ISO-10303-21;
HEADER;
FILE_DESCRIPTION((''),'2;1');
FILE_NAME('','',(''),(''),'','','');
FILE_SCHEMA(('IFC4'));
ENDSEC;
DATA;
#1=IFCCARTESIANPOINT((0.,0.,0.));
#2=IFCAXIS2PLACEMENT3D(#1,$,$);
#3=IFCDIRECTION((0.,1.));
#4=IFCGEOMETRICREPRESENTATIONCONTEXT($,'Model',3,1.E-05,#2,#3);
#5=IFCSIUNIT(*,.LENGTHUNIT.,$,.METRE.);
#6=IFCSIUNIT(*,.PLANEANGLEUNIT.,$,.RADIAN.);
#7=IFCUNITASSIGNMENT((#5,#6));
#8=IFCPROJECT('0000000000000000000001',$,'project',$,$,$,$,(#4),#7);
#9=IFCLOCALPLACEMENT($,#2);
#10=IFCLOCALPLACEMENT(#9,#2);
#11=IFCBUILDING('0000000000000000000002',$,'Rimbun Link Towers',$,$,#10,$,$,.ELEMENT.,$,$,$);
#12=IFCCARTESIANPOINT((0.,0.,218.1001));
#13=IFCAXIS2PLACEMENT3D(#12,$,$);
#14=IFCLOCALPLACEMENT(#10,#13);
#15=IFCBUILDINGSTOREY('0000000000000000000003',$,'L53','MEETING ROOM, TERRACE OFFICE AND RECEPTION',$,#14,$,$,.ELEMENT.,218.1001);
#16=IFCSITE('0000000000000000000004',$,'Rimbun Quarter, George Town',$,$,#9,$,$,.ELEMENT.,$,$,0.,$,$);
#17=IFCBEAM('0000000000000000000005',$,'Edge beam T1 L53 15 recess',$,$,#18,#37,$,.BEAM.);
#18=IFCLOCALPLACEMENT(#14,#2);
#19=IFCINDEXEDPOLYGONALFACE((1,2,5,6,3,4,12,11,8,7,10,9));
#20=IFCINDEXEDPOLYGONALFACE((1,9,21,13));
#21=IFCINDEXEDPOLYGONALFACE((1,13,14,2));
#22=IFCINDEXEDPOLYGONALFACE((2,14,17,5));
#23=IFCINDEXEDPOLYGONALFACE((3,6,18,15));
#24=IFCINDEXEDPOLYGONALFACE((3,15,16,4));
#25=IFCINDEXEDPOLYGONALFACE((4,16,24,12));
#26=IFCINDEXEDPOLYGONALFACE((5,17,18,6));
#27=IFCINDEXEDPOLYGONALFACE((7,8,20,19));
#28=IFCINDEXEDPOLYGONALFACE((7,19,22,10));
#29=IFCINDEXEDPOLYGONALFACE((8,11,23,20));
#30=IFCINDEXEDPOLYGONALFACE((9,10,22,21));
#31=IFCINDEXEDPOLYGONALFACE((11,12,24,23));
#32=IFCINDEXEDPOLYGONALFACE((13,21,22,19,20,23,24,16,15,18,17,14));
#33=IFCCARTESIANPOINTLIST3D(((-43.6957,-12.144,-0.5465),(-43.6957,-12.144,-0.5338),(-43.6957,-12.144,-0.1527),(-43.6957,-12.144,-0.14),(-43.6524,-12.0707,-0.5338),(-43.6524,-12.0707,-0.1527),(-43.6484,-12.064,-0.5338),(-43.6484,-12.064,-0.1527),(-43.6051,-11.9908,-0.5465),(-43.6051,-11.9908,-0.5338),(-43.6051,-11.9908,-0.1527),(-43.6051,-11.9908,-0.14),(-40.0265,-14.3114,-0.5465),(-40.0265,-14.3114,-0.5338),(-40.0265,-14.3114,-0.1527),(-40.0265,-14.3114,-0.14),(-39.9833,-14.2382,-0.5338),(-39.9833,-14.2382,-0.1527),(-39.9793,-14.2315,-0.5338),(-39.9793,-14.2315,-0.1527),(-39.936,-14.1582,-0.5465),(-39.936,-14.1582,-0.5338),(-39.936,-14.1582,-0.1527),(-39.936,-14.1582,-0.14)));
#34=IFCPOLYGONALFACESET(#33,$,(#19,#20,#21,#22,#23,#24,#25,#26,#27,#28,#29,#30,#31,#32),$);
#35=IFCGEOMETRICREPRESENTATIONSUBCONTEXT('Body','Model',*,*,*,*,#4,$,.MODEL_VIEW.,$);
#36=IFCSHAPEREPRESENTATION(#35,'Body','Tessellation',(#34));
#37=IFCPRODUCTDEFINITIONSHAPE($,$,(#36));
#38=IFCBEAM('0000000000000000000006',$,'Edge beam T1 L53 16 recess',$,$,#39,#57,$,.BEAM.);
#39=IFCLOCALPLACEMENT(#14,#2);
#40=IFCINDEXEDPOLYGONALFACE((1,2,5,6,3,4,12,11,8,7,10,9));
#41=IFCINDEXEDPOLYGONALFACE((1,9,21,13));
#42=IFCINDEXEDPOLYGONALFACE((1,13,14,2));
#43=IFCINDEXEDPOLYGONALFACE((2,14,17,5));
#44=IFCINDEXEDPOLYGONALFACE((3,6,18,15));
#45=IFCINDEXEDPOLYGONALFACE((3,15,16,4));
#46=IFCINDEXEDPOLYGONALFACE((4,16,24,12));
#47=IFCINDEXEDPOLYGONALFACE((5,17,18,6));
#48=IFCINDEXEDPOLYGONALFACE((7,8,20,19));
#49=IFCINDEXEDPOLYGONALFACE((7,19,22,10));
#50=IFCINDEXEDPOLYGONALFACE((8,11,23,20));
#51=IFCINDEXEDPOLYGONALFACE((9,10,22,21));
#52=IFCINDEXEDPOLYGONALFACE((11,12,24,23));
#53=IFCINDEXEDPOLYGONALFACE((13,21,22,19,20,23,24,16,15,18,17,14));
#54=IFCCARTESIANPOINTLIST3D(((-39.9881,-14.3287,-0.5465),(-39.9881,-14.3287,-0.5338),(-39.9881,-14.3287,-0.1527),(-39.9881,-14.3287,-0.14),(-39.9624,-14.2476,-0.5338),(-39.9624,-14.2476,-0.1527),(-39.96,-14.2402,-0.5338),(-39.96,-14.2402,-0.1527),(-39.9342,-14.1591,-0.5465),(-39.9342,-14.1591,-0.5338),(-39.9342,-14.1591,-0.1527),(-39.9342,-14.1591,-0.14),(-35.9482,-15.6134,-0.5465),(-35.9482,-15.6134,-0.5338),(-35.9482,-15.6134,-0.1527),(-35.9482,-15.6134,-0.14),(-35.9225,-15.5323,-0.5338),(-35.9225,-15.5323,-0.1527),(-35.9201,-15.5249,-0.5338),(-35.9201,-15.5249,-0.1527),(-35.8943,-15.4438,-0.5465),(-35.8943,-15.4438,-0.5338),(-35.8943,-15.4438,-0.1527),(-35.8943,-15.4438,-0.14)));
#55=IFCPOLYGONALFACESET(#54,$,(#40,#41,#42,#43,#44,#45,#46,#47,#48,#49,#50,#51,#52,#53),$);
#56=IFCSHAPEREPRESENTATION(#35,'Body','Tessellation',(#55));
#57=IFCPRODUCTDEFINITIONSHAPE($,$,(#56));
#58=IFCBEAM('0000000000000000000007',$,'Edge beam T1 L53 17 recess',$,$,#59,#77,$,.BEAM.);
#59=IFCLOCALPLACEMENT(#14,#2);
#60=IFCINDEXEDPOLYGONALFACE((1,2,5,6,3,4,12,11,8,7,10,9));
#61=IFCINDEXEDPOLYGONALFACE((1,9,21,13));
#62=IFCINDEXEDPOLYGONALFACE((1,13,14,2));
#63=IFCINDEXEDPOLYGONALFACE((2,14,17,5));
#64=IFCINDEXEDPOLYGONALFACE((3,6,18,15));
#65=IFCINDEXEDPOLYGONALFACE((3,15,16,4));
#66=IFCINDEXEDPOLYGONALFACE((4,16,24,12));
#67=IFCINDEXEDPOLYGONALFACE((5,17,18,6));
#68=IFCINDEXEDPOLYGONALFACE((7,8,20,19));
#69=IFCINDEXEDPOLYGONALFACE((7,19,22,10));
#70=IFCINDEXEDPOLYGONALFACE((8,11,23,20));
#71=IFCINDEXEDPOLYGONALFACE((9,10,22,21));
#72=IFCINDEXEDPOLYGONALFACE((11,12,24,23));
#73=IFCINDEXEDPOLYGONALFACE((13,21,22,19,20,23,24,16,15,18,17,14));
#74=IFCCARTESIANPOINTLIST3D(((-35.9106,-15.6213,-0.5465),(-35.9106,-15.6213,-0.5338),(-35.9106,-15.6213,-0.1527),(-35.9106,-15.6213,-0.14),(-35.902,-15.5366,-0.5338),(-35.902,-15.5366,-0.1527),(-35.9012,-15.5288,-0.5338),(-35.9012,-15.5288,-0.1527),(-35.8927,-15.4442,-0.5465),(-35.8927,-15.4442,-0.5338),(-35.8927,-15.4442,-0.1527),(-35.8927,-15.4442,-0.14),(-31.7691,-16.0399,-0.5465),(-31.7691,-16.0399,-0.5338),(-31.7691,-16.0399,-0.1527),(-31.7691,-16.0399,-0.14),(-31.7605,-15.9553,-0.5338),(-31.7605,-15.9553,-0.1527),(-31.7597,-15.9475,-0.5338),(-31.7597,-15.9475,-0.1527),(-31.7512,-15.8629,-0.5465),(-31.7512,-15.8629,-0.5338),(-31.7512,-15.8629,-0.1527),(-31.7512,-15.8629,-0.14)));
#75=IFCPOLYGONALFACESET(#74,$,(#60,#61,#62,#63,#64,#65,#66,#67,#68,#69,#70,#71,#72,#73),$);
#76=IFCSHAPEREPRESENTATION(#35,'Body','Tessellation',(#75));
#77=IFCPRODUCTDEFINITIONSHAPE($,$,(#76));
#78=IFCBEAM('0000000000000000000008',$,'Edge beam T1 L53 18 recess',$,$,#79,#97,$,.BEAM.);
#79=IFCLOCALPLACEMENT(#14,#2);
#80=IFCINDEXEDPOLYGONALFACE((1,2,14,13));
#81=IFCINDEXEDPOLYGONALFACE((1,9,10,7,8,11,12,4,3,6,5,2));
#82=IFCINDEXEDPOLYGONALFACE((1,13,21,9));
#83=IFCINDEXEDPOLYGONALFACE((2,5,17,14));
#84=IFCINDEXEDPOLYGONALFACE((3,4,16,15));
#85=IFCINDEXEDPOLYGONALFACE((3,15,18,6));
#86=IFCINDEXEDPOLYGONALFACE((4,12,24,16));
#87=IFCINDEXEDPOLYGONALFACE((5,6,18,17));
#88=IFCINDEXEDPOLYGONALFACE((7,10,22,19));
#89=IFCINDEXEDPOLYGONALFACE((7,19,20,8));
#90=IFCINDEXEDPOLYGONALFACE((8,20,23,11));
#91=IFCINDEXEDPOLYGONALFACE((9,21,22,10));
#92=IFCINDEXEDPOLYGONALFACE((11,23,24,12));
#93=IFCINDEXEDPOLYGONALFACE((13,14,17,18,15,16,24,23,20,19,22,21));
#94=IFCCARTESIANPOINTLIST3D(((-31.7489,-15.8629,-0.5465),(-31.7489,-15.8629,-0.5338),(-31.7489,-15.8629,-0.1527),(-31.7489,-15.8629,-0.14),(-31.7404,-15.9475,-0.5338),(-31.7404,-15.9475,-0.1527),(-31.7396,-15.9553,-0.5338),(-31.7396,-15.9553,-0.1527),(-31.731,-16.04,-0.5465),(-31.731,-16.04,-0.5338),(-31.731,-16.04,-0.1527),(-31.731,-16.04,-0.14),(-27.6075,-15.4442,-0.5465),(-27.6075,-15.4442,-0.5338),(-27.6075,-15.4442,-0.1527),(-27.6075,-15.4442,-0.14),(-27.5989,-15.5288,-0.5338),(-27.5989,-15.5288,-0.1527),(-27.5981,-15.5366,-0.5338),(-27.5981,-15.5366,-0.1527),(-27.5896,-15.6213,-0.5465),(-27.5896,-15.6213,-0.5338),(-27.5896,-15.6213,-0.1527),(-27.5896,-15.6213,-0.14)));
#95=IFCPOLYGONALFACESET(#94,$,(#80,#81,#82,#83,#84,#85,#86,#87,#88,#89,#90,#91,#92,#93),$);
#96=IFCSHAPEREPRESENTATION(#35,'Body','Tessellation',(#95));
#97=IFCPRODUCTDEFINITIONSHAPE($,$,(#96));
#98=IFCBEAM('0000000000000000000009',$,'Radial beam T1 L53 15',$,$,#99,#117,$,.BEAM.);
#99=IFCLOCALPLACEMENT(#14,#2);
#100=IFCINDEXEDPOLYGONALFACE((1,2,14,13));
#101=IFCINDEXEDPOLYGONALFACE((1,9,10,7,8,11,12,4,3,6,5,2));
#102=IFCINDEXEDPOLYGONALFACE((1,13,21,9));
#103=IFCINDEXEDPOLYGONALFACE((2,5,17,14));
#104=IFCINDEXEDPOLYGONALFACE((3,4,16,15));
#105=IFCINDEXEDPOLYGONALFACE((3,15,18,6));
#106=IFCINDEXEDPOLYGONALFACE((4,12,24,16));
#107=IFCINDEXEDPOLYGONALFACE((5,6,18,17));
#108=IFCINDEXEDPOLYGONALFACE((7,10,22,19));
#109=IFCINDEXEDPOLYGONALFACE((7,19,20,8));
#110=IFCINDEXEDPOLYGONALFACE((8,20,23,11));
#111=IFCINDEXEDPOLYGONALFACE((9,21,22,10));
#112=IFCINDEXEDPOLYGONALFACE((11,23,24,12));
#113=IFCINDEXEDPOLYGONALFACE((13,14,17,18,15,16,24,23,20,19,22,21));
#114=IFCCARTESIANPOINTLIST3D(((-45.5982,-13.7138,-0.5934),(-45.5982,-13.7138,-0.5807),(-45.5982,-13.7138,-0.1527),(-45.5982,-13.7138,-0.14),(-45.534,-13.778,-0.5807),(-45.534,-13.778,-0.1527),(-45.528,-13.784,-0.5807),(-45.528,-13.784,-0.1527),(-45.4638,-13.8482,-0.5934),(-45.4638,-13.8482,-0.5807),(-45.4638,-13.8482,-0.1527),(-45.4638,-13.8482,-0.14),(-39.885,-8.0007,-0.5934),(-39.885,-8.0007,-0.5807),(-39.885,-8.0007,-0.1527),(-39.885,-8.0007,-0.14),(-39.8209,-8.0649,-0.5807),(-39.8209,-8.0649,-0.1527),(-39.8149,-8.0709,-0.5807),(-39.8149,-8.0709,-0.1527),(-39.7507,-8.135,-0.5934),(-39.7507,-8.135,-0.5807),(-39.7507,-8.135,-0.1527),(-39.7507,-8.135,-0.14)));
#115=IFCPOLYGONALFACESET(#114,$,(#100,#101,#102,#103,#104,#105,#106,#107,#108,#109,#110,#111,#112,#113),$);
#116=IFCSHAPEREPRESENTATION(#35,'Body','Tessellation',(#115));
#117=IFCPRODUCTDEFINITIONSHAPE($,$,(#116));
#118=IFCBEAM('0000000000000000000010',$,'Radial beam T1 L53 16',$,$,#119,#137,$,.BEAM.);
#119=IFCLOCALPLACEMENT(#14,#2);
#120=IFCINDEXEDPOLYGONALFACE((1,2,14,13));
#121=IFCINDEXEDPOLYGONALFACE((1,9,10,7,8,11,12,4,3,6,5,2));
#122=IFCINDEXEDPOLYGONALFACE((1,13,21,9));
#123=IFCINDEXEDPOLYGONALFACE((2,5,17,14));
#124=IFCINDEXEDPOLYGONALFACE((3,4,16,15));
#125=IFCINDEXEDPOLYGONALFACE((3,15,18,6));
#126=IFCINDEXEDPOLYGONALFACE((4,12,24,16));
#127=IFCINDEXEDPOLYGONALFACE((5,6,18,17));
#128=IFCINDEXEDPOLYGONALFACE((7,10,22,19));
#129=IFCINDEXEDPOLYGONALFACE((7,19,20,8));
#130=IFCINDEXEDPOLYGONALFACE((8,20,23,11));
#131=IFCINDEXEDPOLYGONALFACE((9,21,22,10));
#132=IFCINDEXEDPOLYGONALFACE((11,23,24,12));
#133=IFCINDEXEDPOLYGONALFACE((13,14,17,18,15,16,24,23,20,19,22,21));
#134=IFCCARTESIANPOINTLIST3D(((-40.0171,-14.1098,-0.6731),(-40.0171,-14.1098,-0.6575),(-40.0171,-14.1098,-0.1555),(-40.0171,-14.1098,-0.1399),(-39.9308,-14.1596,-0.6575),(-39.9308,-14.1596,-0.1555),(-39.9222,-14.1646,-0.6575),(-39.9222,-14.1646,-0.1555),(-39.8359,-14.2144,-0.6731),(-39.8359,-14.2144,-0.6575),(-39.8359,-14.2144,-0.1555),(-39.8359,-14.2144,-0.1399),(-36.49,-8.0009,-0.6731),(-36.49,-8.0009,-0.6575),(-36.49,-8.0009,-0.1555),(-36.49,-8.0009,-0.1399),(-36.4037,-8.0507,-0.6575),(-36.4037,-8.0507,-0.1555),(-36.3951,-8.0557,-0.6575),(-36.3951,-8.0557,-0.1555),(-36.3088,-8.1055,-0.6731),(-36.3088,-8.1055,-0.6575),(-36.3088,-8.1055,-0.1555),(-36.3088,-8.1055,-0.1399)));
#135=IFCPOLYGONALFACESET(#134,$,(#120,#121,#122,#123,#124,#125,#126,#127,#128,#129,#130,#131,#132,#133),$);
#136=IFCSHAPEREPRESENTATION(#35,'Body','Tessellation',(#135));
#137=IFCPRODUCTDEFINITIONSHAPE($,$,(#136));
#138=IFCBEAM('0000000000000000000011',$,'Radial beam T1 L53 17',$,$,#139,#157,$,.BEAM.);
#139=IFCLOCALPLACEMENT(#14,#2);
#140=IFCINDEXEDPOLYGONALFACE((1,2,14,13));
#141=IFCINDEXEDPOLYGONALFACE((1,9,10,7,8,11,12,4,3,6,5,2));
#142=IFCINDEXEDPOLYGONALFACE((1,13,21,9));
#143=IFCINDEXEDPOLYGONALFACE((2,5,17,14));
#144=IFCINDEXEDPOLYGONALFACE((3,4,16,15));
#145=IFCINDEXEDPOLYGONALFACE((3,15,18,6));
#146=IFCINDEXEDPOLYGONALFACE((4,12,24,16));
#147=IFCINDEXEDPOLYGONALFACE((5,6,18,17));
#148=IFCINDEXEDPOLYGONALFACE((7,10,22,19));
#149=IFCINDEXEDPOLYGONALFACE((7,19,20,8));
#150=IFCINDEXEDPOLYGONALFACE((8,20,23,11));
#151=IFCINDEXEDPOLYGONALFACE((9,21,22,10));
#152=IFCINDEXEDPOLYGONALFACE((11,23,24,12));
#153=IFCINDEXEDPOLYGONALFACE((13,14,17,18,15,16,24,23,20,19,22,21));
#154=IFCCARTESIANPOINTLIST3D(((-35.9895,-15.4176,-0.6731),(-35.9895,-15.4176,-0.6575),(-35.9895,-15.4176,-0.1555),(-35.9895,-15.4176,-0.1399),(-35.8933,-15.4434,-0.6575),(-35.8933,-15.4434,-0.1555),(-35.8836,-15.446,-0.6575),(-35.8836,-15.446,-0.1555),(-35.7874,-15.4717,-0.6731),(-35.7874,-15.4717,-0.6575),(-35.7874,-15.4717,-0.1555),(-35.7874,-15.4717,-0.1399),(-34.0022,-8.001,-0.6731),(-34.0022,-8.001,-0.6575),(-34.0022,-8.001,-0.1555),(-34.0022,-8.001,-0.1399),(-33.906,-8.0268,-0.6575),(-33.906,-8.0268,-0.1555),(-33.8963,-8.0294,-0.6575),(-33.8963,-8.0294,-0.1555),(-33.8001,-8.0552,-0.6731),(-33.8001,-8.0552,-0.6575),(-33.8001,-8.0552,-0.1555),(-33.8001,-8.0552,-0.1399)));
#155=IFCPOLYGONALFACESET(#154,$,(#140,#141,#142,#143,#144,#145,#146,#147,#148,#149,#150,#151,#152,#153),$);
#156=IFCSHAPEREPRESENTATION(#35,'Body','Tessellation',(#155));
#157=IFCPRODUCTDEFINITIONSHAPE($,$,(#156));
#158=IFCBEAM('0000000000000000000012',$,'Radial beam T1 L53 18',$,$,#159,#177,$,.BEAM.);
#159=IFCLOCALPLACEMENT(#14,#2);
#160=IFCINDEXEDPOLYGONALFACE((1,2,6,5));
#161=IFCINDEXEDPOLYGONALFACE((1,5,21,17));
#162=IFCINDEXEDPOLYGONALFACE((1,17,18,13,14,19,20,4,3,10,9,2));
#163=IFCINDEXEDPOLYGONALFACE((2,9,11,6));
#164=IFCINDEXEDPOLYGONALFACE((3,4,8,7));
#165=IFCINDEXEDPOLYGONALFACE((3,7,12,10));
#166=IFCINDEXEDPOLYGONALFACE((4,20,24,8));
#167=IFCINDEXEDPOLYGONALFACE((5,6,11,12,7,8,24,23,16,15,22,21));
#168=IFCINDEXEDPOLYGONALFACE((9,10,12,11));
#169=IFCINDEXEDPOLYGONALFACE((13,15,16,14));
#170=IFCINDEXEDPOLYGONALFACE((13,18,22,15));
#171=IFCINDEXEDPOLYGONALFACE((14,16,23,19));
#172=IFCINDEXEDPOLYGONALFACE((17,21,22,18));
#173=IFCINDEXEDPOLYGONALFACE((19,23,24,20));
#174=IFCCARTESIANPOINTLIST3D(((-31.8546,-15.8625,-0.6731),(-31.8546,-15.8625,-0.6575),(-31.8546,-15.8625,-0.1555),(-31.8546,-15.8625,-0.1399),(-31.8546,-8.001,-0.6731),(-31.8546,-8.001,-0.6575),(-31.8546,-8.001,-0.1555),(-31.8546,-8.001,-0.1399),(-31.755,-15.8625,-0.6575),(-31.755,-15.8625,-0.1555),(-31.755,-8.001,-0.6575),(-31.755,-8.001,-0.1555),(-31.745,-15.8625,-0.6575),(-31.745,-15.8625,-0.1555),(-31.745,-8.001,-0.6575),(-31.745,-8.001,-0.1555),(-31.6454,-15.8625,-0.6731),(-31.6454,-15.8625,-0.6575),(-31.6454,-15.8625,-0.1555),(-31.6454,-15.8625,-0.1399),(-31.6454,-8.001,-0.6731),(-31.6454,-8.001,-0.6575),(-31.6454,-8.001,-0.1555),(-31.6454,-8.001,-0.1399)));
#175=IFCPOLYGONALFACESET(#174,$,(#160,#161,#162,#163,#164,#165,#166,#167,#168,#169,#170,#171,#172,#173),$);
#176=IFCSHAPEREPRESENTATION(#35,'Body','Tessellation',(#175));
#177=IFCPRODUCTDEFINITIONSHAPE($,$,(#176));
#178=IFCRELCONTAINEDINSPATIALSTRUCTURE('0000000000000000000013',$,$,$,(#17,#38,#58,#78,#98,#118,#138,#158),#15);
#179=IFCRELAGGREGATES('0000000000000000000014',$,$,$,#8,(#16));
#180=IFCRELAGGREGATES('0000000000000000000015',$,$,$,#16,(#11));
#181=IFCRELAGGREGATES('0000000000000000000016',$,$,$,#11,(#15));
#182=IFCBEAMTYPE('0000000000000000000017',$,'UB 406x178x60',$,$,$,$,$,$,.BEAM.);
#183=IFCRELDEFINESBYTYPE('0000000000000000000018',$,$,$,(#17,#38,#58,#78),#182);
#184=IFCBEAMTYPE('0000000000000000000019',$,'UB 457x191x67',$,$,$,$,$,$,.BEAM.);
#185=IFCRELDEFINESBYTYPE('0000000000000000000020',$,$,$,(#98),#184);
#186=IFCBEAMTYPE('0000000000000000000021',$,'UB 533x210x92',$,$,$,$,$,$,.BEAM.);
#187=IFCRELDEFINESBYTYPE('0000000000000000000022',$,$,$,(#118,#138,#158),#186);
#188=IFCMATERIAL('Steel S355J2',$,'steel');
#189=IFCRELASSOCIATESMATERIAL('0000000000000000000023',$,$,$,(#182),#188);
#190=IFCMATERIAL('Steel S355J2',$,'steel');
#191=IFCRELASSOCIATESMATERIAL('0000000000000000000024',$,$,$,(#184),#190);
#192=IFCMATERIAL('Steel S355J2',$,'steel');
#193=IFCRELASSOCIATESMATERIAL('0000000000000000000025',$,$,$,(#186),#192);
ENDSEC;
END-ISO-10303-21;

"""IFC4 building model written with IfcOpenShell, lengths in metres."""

from ifc_helpers import new_model, si_unit, direction, frame, origin, origin_2d, place, context, subcontext, project, spatial, i_section, extrude, material, material_profile, profile_set, type_object, element, save


model = new_model("IFC4")

# Units and contexts
model_context = context("Model", 3, precision=1e-05, world=origin(), true_north=direction((0.0, 1.0)))
body_context = subcontext(model_context, "Body", "Model", "MODEL_VIEW")
ifc_project = project(units=[si_unit("LENGTHUNIT", "METRE"), si_unit("PLANEANGLEUNIT", "RADIAN")], contexts=[model_context])

# Site, building, storey
site_placement = place(None, origin())
site = spatial("IfcSite", under=ifc_project, at=site_placement, Name="Rimbun Quarter, George Town", CompositionType="ELEMENT", RefElevation=0.0)
building_placement = place(site_placement, origin())
building = spatial("IfcBuilding", under=site, at=building_placement, Name="Rimbun Link Towers", CompositionType="ELEMENT")
storey_placement = place(building_placement, frame((0.0, 0.0, 218.1001)))
storey = spatial("IfcBuildingStorey", under=building, at=storey_placement, Name="L53", Description="MEETING ROOM, TERRACE OFFICE AND RECEPTION", CompositionType="ELEMENT", Elevation=218.1001)

# Beams
ifc_material_1 = material(Name="Steel S355J2", Category="steel")
ifc_material_profile_1 = material_profile(ifc_material_1, i_section(OverallWidth=0.178, OverallDepth=0.4065, WebThickness=0.0078, FlangeThickness=0.0127, at=origin_2d()), Name="UB 406x178x60")
ifc_profile_set_1 = profile_set([ifc_material_profile_1], Name="Steel S355J2")
beam_type_1 = type_object("IfcBeamType", Name="UB 406x178x60", PredefinedType="BEAM", material=ifc_profile_set_1)
beam_1_placement = place(storey_placement, frame((-43.6504, -12.0674, -0.3433), z_axis=(0.860996, -0.508612, 0.0), x_axis=(0.508612, 0.860996, 0.0)))
element("IfcBeam", 1, at=beam_1_placement, inside=storey, type_object=beam_type_1, Name="Edge beam T1 L53 15 recess", PredefinedType="BEAM", context=body_context, shape_type="SweptSolid", body=[
    extrude(i_section(OverallWidth=0.178, OverallDepth=0.4065, WebThickness=0.0078, FlangeThickness=0.0127, at=origin_2d()), origin(), (0.0, 0.0, 1.0), 4.2615),
])
beam_2_placement = place(storey_placement, frame((-39.9612, -14.2439, -0.3433), z_axis=(0.952975, -0.303049, 0.0), x_axis=(0.303049, 0.952975, 0.0)))
element("IfcBeam", 2, at=beam_2_placement, inside=storey, type_object=beam_type_1, Name="Edge beam T1 L53 16 recess", PredefinedType="BEAM", context=body_context, shape_type="SweptSolid", body=[
    extrude(i_section(OverallWidth=0.178, OverallDepth=0.4065, WebThickness=0.0078, FlangeThickness=0.0127, at=origin_2d()), origin(), (0.0, 0.0, 1.0), 4.2393),
])
for number, where, z_axis, x_axis, name in (
    (3, (-35.9016, -15.5327, -0.3433), (0.994929, -0.100584, 0.0), (0.100584, 0.994929, 0.0), "Edge beam T1 L53 17 recess"),
    (4, (-31.74, -15.9514, -0.3433), (0.994929, 0.100584, 0.0), (-0.100584, 0.994929, 0.0), "Edge beam T1 L53 18 recess"),
):
    element("IfcBeam", number, at=place(storey_placement, frame(where, z_axis=z_axis, x_axis=x_axis)), inside=storey, type_object=beam_type_1, Name=name, PredefinedType="BEAM", context=body_context, shape_type="SweptSolid", body=[
        extrude(i_section(OverallWidth=0.178, OverallDepth=0.4065, WebThickness=0.0078, FlangeThickness=0.0127, at=origin_2d()), origin(), (0.0, 0.0, 1.0), 4.1626),
    ])
ifc_material_2 = material(Name="Steel S355J2", Category="steel")
ifc_material_profile_2 = material_profile(ifc_material_2, i_section(OverallWidth=0.1899, OverallDepth=0.4534, WebThickness=0.0085, FlangeThickness=0.0127, at=origin_2d()), Name="UB 457x191x67")
ifc_profile_set_2 = profile_set([ifc_material_profile_2], Name="Steel S355J2")
beam_type_2 = type_object("IfcBeamType", Name="UB 457x191x67", PredefinedType="BEAM", material=ifc_profile_set_2)
beam_3_placement = place(storey_placement, frame((-39.8179, -8.0679, -0.3667), z_axis=(-0.707107, -0.707107, 0.0), x_axis=(0.707107, -0.707107, 0.0)))
element("IfcBeam", 5, at=beam_3_placement, inside=storey, type_object=beam_type_2, Name="Radial beam T1 L53 15", PredefinedType="BEAM", context=body_context, shape_type="SweptSolid", body=[
    extrude(i_section(OverallWidth=0.1899, OverallDepth=0.4534, WebThickness=0.0085, FlangeThickness=0.0127, at=origin_2d()), origin(), (0.0, 0.0, 1.0), 8.0796),
])
ifc_material_3 = material(Name="Steel S355J2", Category="steel")
ifc_material_profile_3 = material_profile(ifc_material_3, i_section(OverallWidth=0.2092, OverallDepth=0.5332, WebThickness=0.01, FlangeThickness=0.0156, at=origin_2d()), Name="UB 533x210x92")
ifc_profile_set_3 = profile_set([ifc_material_profile_3], Name="Steel S355J2")
beam_type_3 = type_object("IfcBeamType", Name="UB 533x210x92", PredefinedType="BEAM", material=ifc_profile_set_3)
beam_4_placement = place(storey_placement, frame((-36.3994, -8.0532, -0.4065), z_axis=(-0.500014, -0.866017, 0.0), x_axis=(0.866017, -0.500014, 0.0)))
element("IfcBeam", 6, at=beam_4_placement, inside=storey, type_object=beam_type_3, Name="Radial beam T1 L53 16", PredefinedType="BEAM", context=body_context, shape_type="SweptSolid", body=[
    extrude(i_section(OverallWidth=0.2092, OverallDepth=0.5332, WebThickness=0.01, FlangeThickness=0.0156, at=origin_2d()), origin(), (0.0, 0.0, 1.0), 7.054),
])
beam_5_placement = place(storey_placement, frame((-33.9011, -8.0281, -0.4065), z_axis=(-0.258826, -0.965924, 0.0), x_axis=(0.965924, -0.258826, 0.0)))
element("IfcBeam", 7, at=beam_5_placement, inside=storey, type_object=beam_type_3, Name="Radial beam T1 L53 17", PredefinedType="BEAM", context=body_context, shape_type="SweptSolid", body=[
    extrude(i_section(OverallWidth=0.2092, OverallDepth=0.5332, WebThickness=0.01, FlangeThickness=0.0156, at=origin_2d()), origin(), (0.0, 0.0, 1.0), 7.6782),
])
beam_6_placement = place(storey_placement, frame((-31.75, -8.001, -0.4065), z_axis=(0.0, -1.0, 0.0), x_axis=(1.0, 0.0, 0.0)))
element("IfcBeam", 8, at=beam_6_placement, inside=storey, type_object=beam_type_3, Name="Radial beam T1 L53 18", PredefinedType="BEAM", context=body_context, shape_type="SweptSolid", body=[
    extrude(i_section(OverallWidth=0.2092, OverallDepth=0.5332, WebThickness=0.01, FlangeThickness=0.0156, at=origin_2d()), origin(), (0.0, 0.0, 1.0), 7.8616),
])

save(model, "model.ifc")
